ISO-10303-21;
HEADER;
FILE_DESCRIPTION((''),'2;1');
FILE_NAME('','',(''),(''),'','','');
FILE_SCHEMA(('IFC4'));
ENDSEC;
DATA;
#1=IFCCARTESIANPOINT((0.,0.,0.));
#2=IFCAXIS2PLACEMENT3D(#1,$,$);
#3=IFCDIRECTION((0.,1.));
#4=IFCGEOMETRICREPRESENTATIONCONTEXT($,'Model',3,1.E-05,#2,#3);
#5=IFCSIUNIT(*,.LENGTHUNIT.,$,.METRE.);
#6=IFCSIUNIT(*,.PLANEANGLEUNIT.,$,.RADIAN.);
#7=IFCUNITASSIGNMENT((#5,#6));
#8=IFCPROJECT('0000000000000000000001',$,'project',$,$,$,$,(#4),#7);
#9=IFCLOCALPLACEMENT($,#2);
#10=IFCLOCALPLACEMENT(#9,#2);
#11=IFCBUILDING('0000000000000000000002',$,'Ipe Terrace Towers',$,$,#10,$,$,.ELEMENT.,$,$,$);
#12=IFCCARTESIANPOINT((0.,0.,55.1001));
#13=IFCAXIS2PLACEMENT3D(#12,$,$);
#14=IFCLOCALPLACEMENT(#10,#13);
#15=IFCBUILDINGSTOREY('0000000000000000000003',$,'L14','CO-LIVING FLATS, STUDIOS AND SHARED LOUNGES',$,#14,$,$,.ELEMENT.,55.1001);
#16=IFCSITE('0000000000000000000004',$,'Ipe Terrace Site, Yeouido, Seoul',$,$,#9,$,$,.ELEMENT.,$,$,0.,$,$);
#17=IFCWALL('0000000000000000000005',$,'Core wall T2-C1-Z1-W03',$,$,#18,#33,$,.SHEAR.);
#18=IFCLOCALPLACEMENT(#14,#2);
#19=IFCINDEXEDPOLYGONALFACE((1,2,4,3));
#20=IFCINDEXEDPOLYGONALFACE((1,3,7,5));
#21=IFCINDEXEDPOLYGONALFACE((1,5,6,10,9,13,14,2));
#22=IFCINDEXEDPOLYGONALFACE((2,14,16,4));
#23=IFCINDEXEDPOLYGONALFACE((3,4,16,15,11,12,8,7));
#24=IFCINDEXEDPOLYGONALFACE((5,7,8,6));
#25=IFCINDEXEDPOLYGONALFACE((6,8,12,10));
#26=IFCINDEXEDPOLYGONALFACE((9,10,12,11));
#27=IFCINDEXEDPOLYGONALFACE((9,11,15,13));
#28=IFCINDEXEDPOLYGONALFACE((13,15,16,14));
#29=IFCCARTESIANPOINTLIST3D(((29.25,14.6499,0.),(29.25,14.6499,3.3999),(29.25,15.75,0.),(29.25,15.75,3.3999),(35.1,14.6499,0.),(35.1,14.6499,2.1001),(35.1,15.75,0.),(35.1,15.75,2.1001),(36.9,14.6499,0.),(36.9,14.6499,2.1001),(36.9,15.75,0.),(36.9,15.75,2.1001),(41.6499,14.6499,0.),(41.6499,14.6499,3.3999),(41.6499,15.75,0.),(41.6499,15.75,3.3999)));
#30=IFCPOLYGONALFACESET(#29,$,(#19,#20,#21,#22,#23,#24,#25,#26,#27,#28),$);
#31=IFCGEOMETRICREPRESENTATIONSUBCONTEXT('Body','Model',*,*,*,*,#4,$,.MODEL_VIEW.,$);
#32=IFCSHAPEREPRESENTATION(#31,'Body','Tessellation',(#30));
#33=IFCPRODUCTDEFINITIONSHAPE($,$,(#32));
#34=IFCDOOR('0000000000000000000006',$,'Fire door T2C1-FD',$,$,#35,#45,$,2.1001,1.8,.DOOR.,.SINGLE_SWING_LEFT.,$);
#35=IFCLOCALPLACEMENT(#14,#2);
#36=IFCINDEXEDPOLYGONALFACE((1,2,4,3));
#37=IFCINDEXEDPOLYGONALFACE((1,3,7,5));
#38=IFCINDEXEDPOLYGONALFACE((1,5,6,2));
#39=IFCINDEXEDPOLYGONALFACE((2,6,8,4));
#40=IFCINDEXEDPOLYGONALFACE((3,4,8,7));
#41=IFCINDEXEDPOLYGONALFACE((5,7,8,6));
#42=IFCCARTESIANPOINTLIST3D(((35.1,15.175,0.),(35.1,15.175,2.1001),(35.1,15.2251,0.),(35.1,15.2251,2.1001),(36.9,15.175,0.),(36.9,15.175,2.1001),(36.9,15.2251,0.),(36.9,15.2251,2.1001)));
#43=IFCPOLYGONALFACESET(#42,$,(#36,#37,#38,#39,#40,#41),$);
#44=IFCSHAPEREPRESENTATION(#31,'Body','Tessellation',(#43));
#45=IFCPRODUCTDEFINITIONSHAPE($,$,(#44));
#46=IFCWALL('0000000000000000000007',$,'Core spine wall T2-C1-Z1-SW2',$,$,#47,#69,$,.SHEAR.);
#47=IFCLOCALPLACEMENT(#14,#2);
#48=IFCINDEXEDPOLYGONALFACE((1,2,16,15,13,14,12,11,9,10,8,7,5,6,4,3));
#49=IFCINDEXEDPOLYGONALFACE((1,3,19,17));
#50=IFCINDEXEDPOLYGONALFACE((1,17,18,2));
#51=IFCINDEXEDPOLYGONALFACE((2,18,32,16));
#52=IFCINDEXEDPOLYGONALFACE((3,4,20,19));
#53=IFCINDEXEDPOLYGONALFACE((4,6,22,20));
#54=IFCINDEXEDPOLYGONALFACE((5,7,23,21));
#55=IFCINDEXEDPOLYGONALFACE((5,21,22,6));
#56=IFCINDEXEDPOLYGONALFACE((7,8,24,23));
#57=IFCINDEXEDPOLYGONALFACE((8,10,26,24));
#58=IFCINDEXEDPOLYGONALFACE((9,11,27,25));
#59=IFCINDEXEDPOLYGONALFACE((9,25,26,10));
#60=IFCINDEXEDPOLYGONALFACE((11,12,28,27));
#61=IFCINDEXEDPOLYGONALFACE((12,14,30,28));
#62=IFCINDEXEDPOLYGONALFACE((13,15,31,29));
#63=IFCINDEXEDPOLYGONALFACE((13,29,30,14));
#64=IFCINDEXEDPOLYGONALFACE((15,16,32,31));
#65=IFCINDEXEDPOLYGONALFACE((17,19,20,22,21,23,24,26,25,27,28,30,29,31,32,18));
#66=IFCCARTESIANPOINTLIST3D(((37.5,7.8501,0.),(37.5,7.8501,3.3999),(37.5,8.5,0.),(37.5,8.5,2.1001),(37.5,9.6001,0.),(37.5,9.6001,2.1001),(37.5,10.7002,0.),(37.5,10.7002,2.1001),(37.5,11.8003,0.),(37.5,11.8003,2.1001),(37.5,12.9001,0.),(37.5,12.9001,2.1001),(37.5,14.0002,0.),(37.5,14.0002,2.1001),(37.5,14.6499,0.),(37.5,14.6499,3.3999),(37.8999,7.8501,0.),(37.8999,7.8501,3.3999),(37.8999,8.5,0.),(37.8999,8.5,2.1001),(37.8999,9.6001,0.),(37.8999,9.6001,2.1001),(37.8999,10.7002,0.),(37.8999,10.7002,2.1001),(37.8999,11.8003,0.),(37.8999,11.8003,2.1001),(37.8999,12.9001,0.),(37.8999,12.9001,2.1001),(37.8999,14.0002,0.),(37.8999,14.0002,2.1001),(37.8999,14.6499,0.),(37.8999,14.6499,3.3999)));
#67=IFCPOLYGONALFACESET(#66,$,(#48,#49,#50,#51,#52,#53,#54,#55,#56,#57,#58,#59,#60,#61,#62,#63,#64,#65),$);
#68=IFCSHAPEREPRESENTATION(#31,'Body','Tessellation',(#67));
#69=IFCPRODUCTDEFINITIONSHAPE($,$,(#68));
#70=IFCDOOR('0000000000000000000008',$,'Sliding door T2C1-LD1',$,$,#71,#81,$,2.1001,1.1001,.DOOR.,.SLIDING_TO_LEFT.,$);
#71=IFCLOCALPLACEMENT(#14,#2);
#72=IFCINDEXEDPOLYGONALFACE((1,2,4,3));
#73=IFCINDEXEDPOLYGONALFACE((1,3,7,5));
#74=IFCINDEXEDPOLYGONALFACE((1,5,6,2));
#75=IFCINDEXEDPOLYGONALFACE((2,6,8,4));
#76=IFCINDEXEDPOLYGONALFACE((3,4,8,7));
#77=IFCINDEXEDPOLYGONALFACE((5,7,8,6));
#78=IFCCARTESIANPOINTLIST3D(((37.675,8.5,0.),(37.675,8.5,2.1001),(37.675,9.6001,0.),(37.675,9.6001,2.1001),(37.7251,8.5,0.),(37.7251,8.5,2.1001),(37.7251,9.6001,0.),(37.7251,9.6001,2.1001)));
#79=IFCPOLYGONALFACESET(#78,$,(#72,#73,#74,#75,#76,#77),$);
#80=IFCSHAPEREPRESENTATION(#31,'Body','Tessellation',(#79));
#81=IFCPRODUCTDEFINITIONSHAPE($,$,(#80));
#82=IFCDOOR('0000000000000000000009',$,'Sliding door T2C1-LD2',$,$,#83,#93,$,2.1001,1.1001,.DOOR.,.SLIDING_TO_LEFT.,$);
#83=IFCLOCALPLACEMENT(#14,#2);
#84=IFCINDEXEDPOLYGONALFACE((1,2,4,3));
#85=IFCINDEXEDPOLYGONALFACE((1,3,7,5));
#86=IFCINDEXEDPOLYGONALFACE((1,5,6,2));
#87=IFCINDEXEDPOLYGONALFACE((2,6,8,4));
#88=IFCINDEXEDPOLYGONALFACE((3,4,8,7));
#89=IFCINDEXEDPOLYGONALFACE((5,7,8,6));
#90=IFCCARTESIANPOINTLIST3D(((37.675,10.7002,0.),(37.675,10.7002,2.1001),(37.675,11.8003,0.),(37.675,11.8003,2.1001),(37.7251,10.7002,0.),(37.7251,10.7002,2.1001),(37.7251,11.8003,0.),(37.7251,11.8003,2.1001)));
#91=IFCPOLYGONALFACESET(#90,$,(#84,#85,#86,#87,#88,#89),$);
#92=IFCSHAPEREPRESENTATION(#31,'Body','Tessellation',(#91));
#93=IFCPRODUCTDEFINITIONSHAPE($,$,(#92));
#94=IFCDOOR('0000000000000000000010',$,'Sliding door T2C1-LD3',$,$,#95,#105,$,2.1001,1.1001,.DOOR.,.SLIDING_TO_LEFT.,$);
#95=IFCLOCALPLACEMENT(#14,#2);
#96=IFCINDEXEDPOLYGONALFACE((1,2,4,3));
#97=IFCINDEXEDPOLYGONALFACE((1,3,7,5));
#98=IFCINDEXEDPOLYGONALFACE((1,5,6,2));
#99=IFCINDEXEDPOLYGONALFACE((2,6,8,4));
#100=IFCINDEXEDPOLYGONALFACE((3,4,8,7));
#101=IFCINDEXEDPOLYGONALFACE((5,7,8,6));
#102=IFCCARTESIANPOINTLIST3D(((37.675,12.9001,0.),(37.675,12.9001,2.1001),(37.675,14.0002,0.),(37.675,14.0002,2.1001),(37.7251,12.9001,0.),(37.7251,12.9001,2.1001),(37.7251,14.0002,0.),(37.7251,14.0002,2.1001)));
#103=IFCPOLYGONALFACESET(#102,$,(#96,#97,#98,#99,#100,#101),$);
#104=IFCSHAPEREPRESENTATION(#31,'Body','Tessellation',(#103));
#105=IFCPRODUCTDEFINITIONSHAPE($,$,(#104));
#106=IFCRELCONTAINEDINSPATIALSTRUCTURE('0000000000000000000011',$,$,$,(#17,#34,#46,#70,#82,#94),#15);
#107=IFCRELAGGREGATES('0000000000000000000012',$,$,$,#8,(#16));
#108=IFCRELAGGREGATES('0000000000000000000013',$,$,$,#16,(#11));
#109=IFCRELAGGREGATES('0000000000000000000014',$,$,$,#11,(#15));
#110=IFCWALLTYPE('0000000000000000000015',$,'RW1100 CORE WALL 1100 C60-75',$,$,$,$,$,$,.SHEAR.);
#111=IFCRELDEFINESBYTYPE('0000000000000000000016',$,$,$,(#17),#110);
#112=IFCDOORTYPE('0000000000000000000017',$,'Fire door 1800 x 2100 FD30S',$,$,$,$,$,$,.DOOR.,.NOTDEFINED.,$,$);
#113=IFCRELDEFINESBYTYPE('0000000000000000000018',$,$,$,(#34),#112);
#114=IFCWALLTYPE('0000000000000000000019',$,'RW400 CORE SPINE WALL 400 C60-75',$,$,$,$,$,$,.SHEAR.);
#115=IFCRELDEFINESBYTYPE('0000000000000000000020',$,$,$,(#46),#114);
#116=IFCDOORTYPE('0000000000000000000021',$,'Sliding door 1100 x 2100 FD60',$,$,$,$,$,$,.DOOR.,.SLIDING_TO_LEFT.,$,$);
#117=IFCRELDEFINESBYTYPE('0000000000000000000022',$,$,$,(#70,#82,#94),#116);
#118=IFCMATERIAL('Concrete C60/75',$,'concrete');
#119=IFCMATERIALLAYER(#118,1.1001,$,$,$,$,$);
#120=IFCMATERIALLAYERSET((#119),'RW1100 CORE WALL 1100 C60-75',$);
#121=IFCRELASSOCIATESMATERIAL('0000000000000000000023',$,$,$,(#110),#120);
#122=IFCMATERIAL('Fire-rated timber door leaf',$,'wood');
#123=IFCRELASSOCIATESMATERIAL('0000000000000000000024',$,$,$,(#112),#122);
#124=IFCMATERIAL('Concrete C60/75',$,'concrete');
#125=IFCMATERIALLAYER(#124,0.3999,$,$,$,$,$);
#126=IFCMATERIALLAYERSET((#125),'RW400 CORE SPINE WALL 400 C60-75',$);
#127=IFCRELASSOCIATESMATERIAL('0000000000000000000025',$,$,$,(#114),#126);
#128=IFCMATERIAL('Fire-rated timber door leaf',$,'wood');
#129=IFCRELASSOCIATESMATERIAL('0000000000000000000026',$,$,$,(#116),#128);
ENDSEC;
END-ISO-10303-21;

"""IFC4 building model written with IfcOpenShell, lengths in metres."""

from ifc_helpers import new_model, si_unit, direction, frame, frame_2d, origin, place, context, subcontext, project, spatial, rectangle, extrude, material, layer, layer_set, type_object, element, fill, save


model = new_model("IFC4")

# Units and contexts
model_context = context("Model", 3, precision=1e-05, world=origin(), true_north=direction((0.0, 1.0)))
body_context = subcontext(model_context, "Body", "Model", "MODEL_VIEW")
ifc_project = project(units=[si_unit("LENGTHUNIT", "METRE"), si_unit("PLANEANGLEUNIT", "RADIAN")], contexts=[model_context])

# Site, building, storey
site_placement = place(None, origin())
site = spatial("IfcSite", under=ifc_project, at=site_placement, Name="Ipe Terrace Site, Yeouido, Seoul", CompositionType="ELEMENT", RefElevation=0.0)
building_placement = place(site_placement, origin())
building = spatial("IfcBuilding", under=site, at=building_placement, Name="Ipe Terrace Towers", CompositionType="ELEMENT")
storey_placement = place(building_placement, frame((0.0, 0.0, 55.1001)))
storey = spatial("IfcBuildingStorey", under=building, at=storey_placement, Name="L14", Description="CO-LIVING FLATS, STUDIOS AND SHARED LOUNGES", CompositionType="ELEMENT", Elevation=55.1001)

# Shared definitions
ifc_material_1 = material(Name="Concrete C60/75", Category="concrete")
ifc_layer_1 = layer(ifc_material_1, 1.1001)
ifc_layer_set_1 = layer_set([ifc_layer_1], Name="RW1100 CORE WALL 1100 C60-75")
wall_type_1 = type_object("IfcWallType", Name="RW1100 CORE WALL 1100 C60-75", PredefinedType="SHEAR", material=ifc_layer_set_1)

# Wall, opening, door
wall_1_placement = place(storey_placement, frame((41.6499, 15.2, 0.0), z_axis=(0.0, 0.0, 1.0), x_axis=(-1.0, 0.0, 0.0)))
wall_1 = element("IfcWall", 1, at=wall_1_placement, inside=storey, type_object=wall_type_1, Name="Core wall T2-C1-Z1-W03", PredefinedType="SHEAR", context=body_context, shape_type="SweptSolid", body=[
    extrude(rectangle(XDim=12.3999, YDim=1.1001, at=frame_2d((6.2, 0.0))), origin(), (0.0, 0.0, 1.0), 3.3999),
])
opening_1_placement = place(wall_1_placement, frame((4.75, 0.0, 0.0)))
opening_1 = element("IfcOpeningElement", 2, at=opening_1_placement, cuts=wall_1, PredefinedType="OPENING", context=body_context, shape_type="SweptSolid", body=[
    extrude(rectangle(XDim=1.8, YDim=2.1001, at=frame_2d((0.8999, 1.05))), frame((0.0, 0.5601, 0.0), z_axis=(0.0, -1.0, 0.0), x_axis=(1.0, 0.0, 0.0)), (0.0, 0.0, 1.0), 1.1201),
])
ifc_material_2 = material(Name="Fire-rated timber door leaf", Category="wood")
door_type_1 = type_object("IfcDoorType", Name="Fire door 1800 x 2100 FD30S", OperationType="NOTDEFINED", PredefinedType="DOOR", material=ifc_material_2)
door_1_placement = place(opening_1_placement, origin())
door_1 = element("IfcDoor", 3, at=door_1_placement, inside=storey, type_object=door_type_1, Name="Fire door T2C1-FD", OperationType="SINGLE_SWING_LEFT", OverallHeight=2.1001, OverallWidth=1.8, PredefinedType="DOOR", context=body_context, shape_type="SweptSolid", body=[
    extrude(rectangle(XDim=1.8, YDim=2.1001, at=frame_2d((0.8999, 1.05))), frame((0.0, 0.0249, 0.0), z_axis=(0.0, -1.0, 0.0), x_axis=(1.0, 0.0, 0.0)), (0.0, 0.0, 1.0), 0.05),
])
fill(opening_1, door_1)

# Wall, openings, doors
ifc_material_3 = material(Name="Concrete C60/75", Category="concrete")
ifc_layer_2 = layer(ifc_material_3, 0.3999)
ifc_layer_set_2 = layer_set([ifc_layer_2], Name="RW400 CORE SPINE WALL 400 C60-75")
wall_type_2 = type_object("IfcWallType", Name="RW400 CORE SPINE WALL 400 C60-75", PredefinedType="SHEAR", material=ifc_layer_set_2)
wall_2_placement = place(storey_placement, frame((37.7, 7.8501, 0.0), z_axis=(0.0, 0.0, 1.0), x_axis=(0.0, 1.0, 0.0)))
wall_2 = element("IfcWall", 4, at=wall_2_placement, inside=storey, type_object=wall_type_2, Name="Core spine wall T2-C1-Z1-SW2", PredefinedType="SHEAR", context=body_context, shape_type="SweptSolid", body=[
    extrude(rectangle(XDim=6.7998, YDim=0.3999, at=frame_2d((3.3999, 0.0))), origin(), (0.0, 0.0, 1.0), 3.3999),
])
opening_2_placement = place(wall_2_placement, frame((0.6499, 0.0, 0.0)))
opening_2 = element("IfcOpeningElement", 5, at=opening_2_placement, cuts=wall_2, PredefinedType="OPENING", context=body_context, shape_type="SweptSolid", body=[
    extrude(rectangle(XDim=1.1001, YDim=2.1001, at=frame_2d((0.55, 1.05))), frame((0.0, 0.21, 0.0), z_axis=(0.0, -1.0, 0.0), x_axis=(1.0, 0.0, 0.0)), (0.0, 0.0, 1.0), 0.4199),
])
opening_3_placement = place(wall_2_placement, frame((2.8501, 0.0, 0.0)))
opening_3 = element("IfcOpeningElement", 6, at=opening_3_placement, cuts=wall_2, PredefinedType="OPENING", context=body_context, shape_type="SweptSolid", body=[
    extrude(rectangle(XDim=1.1001, YDim=2.1001, at=frame_2d((0.55, 1.05))), frame((0.0, 0.21, 0.0), z_axis=(0.0, -1.0, 0.0), x_axis=(1.0, 0.0, 0.0)), (0.0, 0.0, 1.0), 0.4199),
])
opening_4_placement = place(wall_2_placement, frame((5.05, 0.0, 0.0)))
opening_4 = element("IfcOpeningElement", 7, at=opening_4_placement, cuts=wall_2, PredefinedType="OPENING", context=body_context, shape_type="SweptSolid", body=[
    extrude(rectangle(XDim=1.1001, YDim=2.1001, at=frame_2d((0.55, 1.05))), frame((0.0, 0.21, 0.0), z_axis=(0.0, -1.0, 0.0), x_axis=(1.0, 0.0, 0.0)), (0.0, 0.0, 1.0), 0.4199),
])
ifc_material_4 = material(Name="Fire-rated timber door leaf", Category="wood")
door_type_2 = type_object("IfcDoorType", Name="Sliding door 1100 x 2100 FD60", OperationType="SLIDING_TO_LEFT", PredefinedType="DOOR", material=ifc_material_4)
door_2_placement = place(opening_2_placement, origin())
door_2 = element("IfcDoor", 8, at=door_2_placement, inside=storey, type_object=door_type_2, Name="Sliding door T2C1-LD1", OperationType="SLIDING_TO_LEFT", OverallHeight=2.1001, OverallWidth=1.1001, PredefinedType="DOOR", context=body_context, shape_type="SweptSolid", body=[
    extrude(rectangle(XDim=1.1001, YDim=2.1001, at=frame_2d((0.55, 1.05))), frame((0.0, 0.0249, 0.0), z_axis=(0.0, -1.0, 0.0), x_axis=(1.0, 0.0, 0.0)), (0.0, 0.0, 1.0), 0.05),
])
fill(opening_2, door_2)
door_3_placement = place(opening_3_placement, origin())
door_3 = element("IfcDoor", 9, at=door_3_placement, inside=storey, type_object=door_type_2, Name="Sliding door T2C1-LD2", OperationType="SLIDING_TO_LEFT", OverallHeight=2.1001, OverallWidth=1.1001, PredefinedType="DOOR", context=body_context, shape_type="SweptSolid", body=[
    extrude(rectangle(XDim=1.1001, YDim=2.1001, at=frame_2d((0.55, 1.05))), frame((0.0, 0.0249, 0.0), z_axis=(0.0, -1.0, 0.0), x_axis=(1.0, 0.0, 0.0)), (0.0, 0.0, 1.0), 0.05),
])
fill(opening_3, door_3)
door_4_placement = place(opening_4_placement, origin())
door_4 = element("IfcDoor", 10, at=door_4_placement, inside=storey, type_object=door_type_2, Name="Sliding door T2C1-LD3", OperationType="SLIDING_TO_LEFT", OverallHeight=2.1001, OverallWidth=1.1001, PredefinedType="DOOR", context=body_context, shape_type="SweptSolid", body=[
    extrude(rectangle(XDim=1.1001, YDim=2.1001, at=frame_2d((0.55, 1.05))), frame((0.0, 0.0249, 0.0), z_axis=(0.0, -1.0, 0.0), x_axis=(1.0, 0.0, 0.0)), (0.0, 0.0, 1.0), 0.05),
])
fill(opening_4, door_4)

save(model, "model.ifc")
